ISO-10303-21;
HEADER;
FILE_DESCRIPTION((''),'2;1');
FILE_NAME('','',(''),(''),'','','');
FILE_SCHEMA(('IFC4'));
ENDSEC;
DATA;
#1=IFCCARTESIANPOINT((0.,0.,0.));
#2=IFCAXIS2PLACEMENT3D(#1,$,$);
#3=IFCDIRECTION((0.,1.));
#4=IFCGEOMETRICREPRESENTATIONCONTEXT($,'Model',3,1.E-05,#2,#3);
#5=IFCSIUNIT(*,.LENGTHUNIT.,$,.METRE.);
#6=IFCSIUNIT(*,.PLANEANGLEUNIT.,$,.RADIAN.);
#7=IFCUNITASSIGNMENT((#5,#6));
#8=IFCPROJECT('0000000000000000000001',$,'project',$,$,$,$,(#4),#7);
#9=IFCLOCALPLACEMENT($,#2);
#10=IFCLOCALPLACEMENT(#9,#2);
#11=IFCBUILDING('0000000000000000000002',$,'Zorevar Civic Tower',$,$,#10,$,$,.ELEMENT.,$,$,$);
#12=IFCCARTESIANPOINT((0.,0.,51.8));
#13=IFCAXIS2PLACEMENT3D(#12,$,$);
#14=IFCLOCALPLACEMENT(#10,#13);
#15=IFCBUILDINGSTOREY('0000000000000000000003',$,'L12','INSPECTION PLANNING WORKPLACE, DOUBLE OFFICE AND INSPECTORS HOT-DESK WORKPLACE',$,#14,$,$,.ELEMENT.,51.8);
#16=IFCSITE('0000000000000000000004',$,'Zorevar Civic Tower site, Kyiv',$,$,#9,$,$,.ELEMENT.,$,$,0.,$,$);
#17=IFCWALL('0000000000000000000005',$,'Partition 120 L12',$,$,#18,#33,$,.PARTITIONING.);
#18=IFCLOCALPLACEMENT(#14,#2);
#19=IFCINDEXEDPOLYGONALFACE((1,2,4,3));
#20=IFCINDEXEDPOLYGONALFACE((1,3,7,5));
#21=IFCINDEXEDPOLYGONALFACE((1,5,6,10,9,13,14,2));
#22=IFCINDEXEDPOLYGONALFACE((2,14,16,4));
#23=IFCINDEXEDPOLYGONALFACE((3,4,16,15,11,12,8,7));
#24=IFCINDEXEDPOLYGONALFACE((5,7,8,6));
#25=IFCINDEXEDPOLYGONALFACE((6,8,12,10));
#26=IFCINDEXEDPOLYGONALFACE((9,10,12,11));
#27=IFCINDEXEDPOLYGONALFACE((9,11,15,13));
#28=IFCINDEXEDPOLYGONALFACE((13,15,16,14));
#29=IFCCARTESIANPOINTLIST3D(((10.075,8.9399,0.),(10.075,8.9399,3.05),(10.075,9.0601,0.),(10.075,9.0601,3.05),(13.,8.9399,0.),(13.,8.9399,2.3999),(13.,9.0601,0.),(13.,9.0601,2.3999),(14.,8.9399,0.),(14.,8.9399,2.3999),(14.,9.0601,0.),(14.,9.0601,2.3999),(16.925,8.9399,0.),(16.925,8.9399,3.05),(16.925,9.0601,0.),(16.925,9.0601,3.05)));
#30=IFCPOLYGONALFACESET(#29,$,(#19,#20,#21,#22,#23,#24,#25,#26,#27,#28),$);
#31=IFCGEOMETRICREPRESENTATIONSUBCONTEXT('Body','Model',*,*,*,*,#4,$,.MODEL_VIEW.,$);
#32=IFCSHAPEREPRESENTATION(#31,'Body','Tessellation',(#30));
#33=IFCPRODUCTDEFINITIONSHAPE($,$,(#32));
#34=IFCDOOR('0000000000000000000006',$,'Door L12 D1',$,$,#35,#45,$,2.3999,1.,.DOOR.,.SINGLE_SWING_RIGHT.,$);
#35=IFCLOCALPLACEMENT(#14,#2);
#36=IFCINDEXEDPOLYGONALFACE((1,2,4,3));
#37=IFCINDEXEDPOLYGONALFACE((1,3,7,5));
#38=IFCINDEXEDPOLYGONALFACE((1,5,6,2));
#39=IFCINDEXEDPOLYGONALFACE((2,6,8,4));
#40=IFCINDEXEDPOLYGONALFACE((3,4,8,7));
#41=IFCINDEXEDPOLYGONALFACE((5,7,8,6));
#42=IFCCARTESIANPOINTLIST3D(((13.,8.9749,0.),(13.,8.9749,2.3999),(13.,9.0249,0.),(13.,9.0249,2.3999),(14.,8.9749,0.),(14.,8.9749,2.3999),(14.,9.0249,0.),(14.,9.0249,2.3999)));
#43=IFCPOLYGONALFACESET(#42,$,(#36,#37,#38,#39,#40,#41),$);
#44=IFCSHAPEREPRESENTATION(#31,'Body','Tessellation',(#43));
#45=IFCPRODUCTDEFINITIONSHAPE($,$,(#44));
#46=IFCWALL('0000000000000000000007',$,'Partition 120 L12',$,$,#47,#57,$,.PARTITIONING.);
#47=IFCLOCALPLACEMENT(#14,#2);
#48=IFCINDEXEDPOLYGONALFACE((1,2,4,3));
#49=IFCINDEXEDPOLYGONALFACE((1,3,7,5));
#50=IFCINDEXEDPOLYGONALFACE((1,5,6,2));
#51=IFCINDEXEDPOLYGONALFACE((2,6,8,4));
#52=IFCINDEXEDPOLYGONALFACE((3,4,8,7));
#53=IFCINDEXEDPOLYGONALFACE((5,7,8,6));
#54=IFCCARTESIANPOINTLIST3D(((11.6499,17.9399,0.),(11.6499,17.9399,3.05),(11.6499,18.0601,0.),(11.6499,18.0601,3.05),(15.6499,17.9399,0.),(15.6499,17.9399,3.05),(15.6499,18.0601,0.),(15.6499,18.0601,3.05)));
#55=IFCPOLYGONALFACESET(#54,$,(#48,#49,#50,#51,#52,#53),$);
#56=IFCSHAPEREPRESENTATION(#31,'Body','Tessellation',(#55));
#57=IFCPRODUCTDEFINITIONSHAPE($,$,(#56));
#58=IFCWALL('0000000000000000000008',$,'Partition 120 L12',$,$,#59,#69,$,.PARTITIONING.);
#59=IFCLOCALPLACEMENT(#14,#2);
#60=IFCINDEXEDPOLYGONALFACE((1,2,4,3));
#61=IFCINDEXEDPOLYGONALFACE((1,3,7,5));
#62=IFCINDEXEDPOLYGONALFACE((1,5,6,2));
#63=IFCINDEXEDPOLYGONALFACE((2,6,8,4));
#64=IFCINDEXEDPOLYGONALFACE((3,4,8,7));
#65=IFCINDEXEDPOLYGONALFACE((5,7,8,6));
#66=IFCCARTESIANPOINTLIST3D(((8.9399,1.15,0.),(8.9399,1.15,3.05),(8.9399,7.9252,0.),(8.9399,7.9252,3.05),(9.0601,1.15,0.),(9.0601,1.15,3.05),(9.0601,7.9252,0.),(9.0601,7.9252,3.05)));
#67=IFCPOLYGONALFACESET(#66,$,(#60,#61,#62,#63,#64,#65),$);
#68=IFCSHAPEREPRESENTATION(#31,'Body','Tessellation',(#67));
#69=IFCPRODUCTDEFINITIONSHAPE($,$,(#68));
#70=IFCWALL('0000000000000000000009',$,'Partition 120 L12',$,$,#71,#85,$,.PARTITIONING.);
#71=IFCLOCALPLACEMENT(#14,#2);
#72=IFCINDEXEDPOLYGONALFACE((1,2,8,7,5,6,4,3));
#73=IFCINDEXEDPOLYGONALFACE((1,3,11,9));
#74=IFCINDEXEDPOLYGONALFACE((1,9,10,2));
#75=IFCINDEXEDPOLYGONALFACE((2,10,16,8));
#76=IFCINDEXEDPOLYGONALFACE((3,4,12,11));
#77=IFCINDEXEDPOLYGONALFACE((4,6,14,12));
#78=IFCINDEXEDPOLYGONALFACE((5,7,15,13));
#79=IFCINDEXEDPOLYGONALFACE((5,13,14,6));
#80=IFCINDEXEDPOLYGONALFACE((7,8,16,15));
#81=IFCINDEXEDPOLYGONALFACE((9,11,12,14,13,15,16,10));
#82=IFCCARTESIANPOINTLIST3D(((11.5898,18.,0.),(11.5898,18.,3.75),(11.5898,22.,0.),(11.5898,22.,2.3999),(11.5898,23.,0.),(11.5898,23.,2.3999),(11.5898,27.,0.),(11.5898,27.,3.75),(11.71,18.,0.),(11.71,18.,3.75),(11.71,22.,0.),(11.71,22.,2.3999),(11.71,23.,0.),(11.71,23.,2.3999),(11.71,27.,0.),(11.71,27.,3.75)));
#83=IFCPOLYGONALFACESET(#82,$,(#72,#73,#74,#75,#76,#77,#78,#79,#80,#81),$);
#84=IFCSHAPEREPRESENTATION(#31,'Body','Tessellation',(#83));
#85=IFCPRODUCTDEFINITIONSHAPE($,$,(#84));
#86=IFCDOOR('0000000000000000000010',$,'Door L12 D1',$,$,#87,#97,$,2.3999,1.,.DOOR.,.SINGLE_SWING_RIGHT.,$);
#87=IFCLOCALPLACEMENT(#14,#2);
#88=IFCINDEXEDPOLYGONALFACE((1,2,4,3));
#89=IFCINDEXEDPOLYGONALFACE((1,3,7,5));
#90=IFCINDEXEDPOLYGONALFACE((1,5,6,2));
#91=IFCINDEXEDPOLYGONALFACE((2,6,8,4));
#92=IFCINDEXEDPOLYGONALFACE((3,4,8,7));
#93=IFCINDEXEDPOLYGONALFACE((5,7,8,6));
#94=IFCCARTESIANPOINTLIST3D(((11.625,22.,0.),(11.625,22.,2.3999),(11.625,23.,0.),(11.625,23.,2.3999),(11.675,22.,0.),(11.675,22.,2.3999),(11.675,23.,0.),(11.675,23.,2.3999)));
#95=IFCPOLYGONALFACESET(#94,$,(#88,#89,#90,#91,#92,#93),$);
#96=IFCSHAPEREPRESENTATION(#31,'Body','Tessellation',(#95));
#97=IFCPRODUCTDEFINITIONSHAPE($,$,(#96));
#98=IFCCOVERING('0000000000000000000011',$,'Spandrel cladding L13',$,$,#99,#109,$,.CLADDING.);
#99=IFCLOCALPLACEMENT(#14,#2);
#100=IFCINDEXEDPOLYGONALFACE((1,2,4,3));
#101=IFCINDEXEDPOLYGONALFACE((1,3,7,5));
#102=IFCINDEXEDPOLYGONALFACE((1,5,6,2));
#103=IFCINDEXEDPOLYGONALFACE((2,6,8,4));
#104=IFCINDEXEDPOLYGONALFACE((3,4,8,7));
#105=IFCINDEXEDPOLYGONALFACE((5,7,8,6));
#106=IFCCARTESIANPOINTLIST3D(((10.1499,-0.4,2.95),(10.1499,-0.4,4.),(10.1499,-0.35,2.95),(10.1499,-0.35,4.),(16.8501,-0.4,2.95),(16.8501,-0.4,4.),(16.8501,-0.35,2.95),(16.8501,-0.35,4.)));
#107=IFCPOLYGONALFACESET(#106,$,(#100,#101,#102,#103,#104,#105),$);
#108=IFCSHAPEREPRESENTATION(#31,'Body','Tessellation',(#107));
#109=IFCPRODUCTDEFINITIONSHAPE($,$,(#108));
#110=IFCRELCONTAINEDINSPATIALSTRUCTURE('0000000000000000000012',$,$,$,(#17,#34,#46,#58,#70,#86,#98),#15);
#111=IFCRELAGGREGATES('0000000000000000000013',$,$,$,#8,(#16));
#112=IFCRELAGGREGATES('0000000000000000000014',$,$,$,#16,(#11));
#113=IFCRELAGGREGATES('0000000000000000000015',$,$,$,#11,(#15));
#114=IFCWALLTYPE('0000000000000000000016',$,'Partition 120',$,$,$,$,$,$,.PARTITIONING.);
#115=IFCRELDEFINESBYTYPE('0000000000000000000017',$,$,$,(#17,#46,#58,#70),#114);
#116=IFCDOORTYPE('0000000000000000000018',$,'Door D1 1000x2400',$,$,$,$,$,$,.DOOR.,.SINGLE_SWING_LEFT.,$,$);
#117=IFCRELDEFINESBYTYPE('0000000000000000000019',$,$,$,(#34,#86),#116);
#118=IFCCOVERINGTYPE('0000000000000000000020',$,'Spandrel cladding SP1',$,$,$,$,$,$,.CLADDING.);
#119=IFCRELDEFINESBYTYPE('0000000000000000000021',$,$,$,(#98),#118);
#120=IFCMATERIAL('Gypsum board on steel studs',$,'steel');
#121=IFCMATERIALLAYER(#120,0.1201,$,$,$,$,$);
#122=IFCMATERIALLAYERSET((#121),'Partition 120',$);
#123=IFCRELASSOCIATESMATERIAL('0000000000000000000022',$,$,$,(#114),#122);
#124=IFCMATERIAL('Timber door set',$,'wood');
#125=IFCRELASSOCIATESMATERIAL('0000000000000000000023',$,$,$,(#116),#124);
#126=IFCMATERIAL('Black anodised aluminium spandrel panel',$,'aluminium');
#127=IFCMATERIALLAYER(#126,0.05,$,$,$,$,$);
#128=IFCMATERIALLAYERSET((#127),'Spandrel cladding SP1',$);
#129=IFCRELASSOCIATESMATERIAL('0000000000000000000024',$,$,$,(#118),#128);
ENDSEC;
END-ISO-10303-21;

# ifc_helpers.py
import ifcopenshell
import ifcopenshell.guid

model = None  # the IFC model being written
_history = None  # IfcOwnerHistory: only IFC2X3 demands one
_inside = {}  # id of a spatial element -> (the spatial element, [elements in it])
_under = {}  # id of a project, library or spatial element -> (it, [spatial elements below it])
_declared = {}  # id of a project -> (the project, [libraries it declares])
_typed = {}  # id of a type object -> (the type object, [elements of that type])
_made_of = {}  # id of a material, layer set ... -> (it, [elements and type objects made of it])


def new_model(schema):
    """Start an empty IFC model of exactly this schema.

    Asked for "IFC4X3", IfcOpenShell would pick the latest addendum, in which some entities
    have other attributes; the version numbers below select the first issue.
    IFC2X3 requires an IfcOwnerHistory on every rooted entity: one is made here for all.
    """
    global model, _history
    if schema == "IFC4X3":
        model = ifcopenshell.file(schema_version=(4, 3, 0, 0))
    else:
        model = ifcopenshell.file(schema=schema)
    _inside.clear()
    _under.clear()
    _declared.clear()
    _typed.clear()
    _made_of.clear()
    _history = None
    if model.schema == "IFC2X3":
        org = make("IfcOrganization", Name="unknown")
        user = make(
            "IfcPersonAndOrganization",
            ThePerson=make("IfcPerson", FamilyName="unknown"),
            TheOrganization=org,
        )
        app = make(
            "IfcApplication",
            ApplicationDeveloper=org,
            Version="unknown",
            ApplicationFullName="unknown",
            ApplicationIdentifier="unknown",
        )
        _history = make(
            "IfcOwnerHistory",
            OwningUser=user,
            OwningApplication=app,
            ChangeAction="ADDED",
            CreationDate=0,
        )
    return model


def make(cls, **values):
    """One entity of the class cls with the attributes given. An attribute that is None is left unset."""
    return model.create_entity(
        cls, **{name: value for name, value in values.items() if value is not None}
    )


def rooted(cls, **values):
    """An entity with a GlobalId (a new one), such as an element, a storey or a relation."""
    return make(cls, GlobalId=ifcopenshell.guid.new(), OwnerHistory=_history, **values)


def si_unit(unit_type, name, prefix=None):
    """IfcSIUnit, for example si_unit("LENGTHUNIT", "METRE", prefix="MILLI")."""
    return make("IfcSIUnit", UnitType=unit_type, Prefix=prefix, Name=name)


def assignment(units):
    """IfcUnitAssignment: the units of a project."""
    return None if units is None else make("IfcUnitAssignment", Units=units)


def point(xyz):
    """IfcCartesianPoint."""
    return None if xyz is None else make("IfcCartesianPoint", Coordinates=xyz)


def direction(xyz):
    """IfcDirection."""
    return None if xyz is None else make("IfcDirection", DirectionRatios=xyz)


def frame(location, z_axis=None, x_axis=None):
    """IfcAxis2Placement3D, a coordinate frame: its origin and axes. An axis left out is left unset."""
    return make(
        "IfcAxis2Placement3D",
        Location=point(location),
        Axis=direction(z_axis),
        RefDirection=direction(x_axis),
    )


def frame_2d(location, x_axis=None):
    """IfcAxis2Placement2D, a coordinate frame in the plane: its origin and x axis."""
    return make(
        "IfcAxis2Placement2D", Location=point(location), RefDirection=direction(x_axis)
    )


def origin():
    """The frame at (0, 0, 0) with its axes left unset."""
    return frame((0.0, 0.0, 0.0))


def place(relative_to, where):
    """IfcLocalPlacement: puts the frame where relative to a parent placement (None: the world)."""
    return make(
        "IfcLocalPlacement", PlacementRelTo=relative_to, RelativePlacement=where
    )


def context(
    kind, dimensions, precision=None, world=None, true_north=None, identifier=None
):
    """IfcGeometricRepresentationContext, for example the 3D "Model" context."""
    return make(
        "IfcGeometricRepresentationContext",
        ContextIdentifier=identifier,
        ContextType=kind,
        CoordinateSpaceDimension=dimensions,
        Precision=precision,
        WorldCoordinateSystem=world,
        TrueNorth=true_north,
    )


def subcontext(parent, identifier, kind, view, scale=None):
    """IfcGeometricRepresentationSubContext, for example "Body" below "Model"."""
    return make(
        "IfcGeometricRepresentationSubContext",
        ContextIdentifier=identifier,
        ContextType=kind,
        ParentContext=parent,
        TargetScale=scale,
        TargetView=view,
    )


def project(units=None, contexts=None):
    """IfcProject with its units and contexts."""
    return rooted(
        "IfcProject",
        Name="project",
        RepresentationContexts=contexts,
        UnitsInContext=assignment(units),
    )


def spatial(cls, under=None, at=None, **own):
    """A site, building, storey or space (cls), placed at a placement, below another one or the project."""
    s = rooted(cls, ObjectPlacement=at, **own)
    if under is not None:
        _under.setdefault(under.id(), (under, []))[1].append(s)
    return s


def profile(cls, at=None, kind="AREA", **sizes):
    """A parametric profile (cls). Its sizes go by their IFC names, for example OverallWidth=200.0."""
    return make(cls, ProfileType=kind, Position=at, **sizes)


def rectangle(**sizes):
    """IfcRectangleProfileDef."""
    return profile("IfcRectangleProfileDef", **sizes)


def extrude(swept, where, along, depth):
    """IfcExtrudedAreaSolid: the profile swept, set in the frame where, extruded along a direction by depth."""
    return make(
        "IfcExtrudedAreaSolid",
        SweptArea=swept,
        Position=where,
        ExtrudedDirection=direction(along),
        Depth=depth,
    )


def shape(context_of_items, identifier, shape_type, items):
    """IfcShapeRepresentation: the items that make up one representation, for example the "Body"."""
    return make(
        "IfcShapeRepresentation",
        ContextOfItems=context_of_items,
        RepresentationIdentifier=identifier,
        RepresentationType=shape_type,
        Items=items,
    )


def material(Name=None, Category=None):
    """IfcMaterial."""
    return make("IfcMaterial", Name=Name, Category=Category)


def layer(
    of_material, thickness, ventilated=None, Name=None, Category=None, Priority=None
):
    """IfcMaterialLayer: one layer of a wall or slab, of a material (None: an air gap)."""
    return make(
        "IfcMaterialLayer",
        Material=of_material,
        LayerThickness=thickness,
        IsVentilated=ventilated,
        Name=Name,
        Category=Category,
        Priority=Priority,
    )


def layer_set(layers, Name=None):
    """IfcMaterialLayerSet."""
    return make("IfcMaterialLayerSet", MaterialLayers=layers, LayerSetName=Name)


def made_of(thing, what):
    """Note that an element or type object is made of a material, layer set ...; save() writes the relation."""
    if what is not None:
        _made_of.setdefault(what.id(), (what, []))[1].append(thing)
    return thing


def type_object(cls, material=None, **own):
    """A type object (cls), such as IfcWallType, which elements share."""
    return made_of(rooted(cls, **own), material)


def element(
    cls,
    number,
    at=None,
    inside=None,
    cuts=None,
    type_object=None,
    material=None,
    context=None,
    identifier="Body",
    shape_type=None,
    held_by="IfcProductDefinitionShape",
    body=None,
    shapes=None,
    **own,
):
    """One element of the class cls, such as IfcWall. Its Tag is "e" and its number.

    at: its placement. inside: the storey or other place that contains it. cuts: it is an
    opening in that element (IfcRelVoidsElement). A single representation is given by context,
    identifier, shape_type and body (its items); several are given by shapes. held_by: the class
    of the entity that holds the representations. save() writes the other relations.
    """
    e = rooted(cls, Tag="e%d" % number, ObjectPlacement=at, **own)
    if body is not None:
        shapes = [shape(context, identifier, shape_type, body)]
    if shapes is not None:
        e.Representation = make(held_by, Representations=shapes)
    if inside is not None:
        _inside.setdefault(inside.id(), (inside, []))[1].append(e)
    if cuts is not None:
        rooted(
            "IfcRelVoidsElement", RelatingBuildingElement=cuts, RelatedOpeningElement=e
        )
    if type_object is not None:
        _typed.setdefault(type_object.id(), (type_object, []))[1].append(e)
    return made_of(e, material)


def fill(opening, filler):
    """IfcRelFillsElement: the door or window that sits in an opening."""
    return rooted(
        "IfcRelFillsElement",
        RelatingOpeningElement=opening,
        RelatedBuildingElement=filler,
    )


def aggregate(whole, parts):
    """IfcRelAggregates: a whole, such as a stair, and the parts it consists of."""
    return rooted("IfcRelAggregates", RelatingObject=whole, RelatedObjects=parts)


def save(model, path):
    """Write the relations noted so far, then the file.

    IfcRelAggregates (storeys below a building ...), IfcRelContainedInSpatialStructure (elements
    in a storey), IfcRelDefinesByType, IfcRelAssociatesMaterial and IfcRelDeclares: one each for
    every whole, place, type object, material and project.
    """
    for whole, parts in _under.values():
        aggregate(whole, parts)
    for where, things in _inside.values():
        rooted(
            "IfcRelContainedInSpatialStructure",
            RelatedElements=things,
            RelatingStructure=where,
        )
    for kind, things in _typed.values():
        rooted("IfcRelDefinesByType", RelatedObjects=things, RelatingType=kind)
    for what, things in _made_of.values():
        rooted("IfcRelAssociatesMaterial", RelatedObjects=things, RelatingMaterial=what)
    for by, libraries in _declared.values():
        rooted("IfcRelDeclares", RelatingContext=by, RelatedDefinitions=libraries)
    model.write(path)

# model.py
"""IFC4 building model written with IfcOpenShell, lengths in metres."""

from ifc_helpers import new_model, si_unit, direction, frame, frame_2d, origin, place, context, subcontext, project, spatial, rectangle, extrude, material, layer, layer_set, type_object, element, fill, save


model = new_model("IFC4")

# Units and contexts
model_context = context("Model", 3, precision=1e-05, world=origin(), true_north=direction((0.0, 1.0)))
body_context = subcontext(model_context, "Body", "Model", "MODEL_VIEW")
ifc_project = project(units=[si_unit("LENGTHUNIT", "METRE"), si_unit("PLANEANGLEUNIT", "RADIAN")], contexts=[model_context])

# Site, building, storey
site_placement = place(None, origin())
site = spatial("IfcSite", under=ifc_project, at=site_placement, Name="Zorevar Civic Tower site, Kyiv", CompositionType="ELEMENT", RefElevation=0.0)
building_placement = place(site_placement, origin())
building = spatial("IfcBuilding", under=site, at=building_placement, Name="Zorevar Civic Tower", CompositionType="ELEMENT")
storey_placement = place(building_placement, frame((0.0, 0.0, 51.8)))
storey = spatial("IfcBuildingStorey", under=building, at=storey_placement, Name="L12", Description="INSPECTION PLANNING WORKPLACE, DOUBLE OFFICE AND INSPECTORS HOT-DESK WORKPLACE", CompositionType="ELEMENT", Elevation=51.8)

# Wall, opening, door
ifc_material_1 = material(Name="Gypsum board on steel studs", Category="steel")
ifc_layer_1 = layer(ifc_material_1, 0.1201)
ifc_layer_set_1 = layer_set([ifc_layer_1], Name="Partition 120")
wall_type_1 = type_object("IfcWallType", Name="Partition 120", PredefinedType="PARTITIONING", material=ifc_layer_set_1)
wall_1_placement = place(storey_placement, frame((10.075, 9.0, 0.0), z_axis=(0.0, 0.0, 1.0), x_axis=(1.0, 0.0, 0.0)))
wall_1 = element("IfcWall", 1, at=wall_1_placement, inside=storey, type_object=wall_type_1, Name="Partition 120 L12", PredefinedType="PARTITIONING", context=body_context, shape_type="SweptSolid", body=[
    extrude(rectangle(XDim=6.8501, YDim=0.1201, at=frame_2d((3.425, 0.0))), origin(), (0.0, 0.0, 1.0), 3.05),
])
opening_1_placement = place(wall_1_placement, frame((2.925, 0.0, 0.0)))
opening_1 = element("IfcOpeningElement", 2, at=opening_1_placement, cuts=wall_1, PredefinedType="OPENING", context=body_context, shape_type="SweptSolid", body=[
    extrude(rectangle(XDim=1.0, YDim=2.3999, at=frame_2d((0.5, 1.2))), frame((0.0, 0.0701, 0.0), z_axis=(0.0, -1.0, 0.0), x_axis=(1.0, 0.0, 0.0)), (0.0, 0.0, 1.0), 0.1401),
])
ifc_material_2 = material(Name="Timber door set", Category="wood")
door_type = type_object("IfcDoorType", Name="Door D1 1000x2400", OperationType="SINGLE_SWING_LEFT", PredefinedType="DOOR", material=ifc_material_2)
door_1_placement = place(opening_1_placement, origin())
door_1 = element("IfcDoor", 3, at=door_1_placement, inside=storey, type_object=door_type, Name="Door L12 D1", OperationType="SINGLE_SWING_RIGHT", OverallHeight=2.3999, OverallWidth=1.0, PredefinedType="DOOR", context=body_context, shape_type="SweptSolid", body=[
    extrude(rectangle(XDim=1.0, YDim=2.3999, at=frame_2d((0.5, 1.2))), frame((0.0, 0.0249, 0.0), z_axis=(0.0, -1.0, 0.0), x_axis=(1.0, 0.0, 0.0)), (0.0, 0.0, 1.0), 0.05),
])
fill(opening_1, door_1)

# Walls
wall_2_placement = place(storey_placement, frame((11.6499, 18.0, 0.0), z_axis=(0.0, 0.0, 1.0), x_axis=(1.0, 0.0, 0.0)))
element("IfcWall", 4, at=wall_2_placement, inside=storey, type_object=wall_type_1, Name="Partition 120 L12", PredefinedType="PARTITIONING", context=body_context, shape_type="SweptSolid", body=[
    extrude(rectangle(XDim=4.0, YDim=0.1201, at=frame_2d((2.0, 0.0))), origin(), (0.0, 0.0, 1.0), 3.05),
])
wall_3_placement = place(storey_placement, frame((9.0, 1.1499, 0.0), z_axis=(0.0, 0.0, 1.0), x_axis=(0.0, 1.0, 0.0)))
element("IfcWall", 5, at=wall_3_placement, inside=storey, type_object=wall_type_1, Name="Partition 120 L12", PredefinedType="PARTITIONING", context=body_context, shape_type="SweptSolid", body=[
    extrude(rectangle(XDim=6.7751, YDim=0.1201, at=frame_2d((3.3877, 0.0))), origin(), (0.0, 0.0, 1.0), 3.05),
])

# Wall, opening, door
wall_4_placement = place(storey_placement, frame((11.6499, 18.0, 0.0), z_axis=(0.0, 0.0, 1.0), x_axis=(0.0, 1.0, 0.0)))
wall_4 = element("IfcWall", 6, at=wall_4_placement, inside=storey, type_object=wall_type_1, Name="Partition 120 L12", PredefinedType="PARTITIONING", context=body_context, shape_type="SweptSolid", body=[
    extrude(rectangle(XDim=9.0, YDim=0.1201, at=frame_2d((4.5, 0.0))), origin(), (0.0, 0.0, 1.0), 3.75),
])
opening_2_placement = place(wall_4_placement, frame((4.0, 0.0, 0.0)))
opening_2 = element("IfcOpeningElement", 7, at=opening_2_placement, cuts=wall_4, PredefinedType="OPENING", context=body_context, shape_type="SweptSolid", body=[
    extrude(rectangle(XDim=1.0, YDim=2.3999, at=frame_2d((0.5, 1.2))), frame((0.0, 0.0701, 0.0), z_axis=(0.0, -1.0, 0.0), x_axis=(1.0, 0.0, 0.0)), (0.0, 0.0, 1.0), 0.1401),
])
door_2_placement = place(opening_2_placement, origin())
door_2 = element("IfcDoor", 8, at=door_2_placement, inside=storey, type_object=door_type, Name="Door L12 D1", OperationType="SINGLE_SWING_RIGHT", OverallHeight=2.3999, OverallWidth=1.0, PredefinedType="DOOR", context=body_context, shape_type="SweptSolid", body=[
    extrude(rectangle(XDim=1.0, YDim=2.3999, at=frame_2d((0.5, 1.2))), frame((0.0, 0.0249, 0.0), z_axis=(0.0, -1.0, 0.0), x_axis=(1.0, 0.0, 0.0)), (0.0, 0.0, 1.0), 0.05),
])
fill(opening_2, door_2)

# Covering
ifc_material_3 = material(Name="Black anodised aluminium spandrel panel", Category="aluminium")
ifc_layer_2 = layer(ifc_material_3, 0.05)
ifc_layer_set_2 = layer_set([ifc_layer_2], Name="Spandrel cladding SP1")
covering_type = type_object("IfcCoveringType", Name="Spandrel cladding SP1", PredefinedType="CLADDING", material=ifc_layer_set_2)
covering_placement = place(storey_placement, frame((10.1499, -0.375, 2.95), z_axis=(0.0, 0.0, 1.0), x_axis=(1.0, 0.0, 0.0)))
element("IfcCovering", 9, at=covering_placement, inside=storey, type_object=covering_type, Name="Spandrel cladding L13", PredefinedType="CLADDING", context=body_context, shape_type="SweptSolid", body=[
    extrude(rectangle(XDim=6.7002, YDim=0.05, at=frame_2d((3.3501, 0.0))), origin(), (0.0, 0.0, 1.0), 1.05),
])

save(model, "model.ifc")
